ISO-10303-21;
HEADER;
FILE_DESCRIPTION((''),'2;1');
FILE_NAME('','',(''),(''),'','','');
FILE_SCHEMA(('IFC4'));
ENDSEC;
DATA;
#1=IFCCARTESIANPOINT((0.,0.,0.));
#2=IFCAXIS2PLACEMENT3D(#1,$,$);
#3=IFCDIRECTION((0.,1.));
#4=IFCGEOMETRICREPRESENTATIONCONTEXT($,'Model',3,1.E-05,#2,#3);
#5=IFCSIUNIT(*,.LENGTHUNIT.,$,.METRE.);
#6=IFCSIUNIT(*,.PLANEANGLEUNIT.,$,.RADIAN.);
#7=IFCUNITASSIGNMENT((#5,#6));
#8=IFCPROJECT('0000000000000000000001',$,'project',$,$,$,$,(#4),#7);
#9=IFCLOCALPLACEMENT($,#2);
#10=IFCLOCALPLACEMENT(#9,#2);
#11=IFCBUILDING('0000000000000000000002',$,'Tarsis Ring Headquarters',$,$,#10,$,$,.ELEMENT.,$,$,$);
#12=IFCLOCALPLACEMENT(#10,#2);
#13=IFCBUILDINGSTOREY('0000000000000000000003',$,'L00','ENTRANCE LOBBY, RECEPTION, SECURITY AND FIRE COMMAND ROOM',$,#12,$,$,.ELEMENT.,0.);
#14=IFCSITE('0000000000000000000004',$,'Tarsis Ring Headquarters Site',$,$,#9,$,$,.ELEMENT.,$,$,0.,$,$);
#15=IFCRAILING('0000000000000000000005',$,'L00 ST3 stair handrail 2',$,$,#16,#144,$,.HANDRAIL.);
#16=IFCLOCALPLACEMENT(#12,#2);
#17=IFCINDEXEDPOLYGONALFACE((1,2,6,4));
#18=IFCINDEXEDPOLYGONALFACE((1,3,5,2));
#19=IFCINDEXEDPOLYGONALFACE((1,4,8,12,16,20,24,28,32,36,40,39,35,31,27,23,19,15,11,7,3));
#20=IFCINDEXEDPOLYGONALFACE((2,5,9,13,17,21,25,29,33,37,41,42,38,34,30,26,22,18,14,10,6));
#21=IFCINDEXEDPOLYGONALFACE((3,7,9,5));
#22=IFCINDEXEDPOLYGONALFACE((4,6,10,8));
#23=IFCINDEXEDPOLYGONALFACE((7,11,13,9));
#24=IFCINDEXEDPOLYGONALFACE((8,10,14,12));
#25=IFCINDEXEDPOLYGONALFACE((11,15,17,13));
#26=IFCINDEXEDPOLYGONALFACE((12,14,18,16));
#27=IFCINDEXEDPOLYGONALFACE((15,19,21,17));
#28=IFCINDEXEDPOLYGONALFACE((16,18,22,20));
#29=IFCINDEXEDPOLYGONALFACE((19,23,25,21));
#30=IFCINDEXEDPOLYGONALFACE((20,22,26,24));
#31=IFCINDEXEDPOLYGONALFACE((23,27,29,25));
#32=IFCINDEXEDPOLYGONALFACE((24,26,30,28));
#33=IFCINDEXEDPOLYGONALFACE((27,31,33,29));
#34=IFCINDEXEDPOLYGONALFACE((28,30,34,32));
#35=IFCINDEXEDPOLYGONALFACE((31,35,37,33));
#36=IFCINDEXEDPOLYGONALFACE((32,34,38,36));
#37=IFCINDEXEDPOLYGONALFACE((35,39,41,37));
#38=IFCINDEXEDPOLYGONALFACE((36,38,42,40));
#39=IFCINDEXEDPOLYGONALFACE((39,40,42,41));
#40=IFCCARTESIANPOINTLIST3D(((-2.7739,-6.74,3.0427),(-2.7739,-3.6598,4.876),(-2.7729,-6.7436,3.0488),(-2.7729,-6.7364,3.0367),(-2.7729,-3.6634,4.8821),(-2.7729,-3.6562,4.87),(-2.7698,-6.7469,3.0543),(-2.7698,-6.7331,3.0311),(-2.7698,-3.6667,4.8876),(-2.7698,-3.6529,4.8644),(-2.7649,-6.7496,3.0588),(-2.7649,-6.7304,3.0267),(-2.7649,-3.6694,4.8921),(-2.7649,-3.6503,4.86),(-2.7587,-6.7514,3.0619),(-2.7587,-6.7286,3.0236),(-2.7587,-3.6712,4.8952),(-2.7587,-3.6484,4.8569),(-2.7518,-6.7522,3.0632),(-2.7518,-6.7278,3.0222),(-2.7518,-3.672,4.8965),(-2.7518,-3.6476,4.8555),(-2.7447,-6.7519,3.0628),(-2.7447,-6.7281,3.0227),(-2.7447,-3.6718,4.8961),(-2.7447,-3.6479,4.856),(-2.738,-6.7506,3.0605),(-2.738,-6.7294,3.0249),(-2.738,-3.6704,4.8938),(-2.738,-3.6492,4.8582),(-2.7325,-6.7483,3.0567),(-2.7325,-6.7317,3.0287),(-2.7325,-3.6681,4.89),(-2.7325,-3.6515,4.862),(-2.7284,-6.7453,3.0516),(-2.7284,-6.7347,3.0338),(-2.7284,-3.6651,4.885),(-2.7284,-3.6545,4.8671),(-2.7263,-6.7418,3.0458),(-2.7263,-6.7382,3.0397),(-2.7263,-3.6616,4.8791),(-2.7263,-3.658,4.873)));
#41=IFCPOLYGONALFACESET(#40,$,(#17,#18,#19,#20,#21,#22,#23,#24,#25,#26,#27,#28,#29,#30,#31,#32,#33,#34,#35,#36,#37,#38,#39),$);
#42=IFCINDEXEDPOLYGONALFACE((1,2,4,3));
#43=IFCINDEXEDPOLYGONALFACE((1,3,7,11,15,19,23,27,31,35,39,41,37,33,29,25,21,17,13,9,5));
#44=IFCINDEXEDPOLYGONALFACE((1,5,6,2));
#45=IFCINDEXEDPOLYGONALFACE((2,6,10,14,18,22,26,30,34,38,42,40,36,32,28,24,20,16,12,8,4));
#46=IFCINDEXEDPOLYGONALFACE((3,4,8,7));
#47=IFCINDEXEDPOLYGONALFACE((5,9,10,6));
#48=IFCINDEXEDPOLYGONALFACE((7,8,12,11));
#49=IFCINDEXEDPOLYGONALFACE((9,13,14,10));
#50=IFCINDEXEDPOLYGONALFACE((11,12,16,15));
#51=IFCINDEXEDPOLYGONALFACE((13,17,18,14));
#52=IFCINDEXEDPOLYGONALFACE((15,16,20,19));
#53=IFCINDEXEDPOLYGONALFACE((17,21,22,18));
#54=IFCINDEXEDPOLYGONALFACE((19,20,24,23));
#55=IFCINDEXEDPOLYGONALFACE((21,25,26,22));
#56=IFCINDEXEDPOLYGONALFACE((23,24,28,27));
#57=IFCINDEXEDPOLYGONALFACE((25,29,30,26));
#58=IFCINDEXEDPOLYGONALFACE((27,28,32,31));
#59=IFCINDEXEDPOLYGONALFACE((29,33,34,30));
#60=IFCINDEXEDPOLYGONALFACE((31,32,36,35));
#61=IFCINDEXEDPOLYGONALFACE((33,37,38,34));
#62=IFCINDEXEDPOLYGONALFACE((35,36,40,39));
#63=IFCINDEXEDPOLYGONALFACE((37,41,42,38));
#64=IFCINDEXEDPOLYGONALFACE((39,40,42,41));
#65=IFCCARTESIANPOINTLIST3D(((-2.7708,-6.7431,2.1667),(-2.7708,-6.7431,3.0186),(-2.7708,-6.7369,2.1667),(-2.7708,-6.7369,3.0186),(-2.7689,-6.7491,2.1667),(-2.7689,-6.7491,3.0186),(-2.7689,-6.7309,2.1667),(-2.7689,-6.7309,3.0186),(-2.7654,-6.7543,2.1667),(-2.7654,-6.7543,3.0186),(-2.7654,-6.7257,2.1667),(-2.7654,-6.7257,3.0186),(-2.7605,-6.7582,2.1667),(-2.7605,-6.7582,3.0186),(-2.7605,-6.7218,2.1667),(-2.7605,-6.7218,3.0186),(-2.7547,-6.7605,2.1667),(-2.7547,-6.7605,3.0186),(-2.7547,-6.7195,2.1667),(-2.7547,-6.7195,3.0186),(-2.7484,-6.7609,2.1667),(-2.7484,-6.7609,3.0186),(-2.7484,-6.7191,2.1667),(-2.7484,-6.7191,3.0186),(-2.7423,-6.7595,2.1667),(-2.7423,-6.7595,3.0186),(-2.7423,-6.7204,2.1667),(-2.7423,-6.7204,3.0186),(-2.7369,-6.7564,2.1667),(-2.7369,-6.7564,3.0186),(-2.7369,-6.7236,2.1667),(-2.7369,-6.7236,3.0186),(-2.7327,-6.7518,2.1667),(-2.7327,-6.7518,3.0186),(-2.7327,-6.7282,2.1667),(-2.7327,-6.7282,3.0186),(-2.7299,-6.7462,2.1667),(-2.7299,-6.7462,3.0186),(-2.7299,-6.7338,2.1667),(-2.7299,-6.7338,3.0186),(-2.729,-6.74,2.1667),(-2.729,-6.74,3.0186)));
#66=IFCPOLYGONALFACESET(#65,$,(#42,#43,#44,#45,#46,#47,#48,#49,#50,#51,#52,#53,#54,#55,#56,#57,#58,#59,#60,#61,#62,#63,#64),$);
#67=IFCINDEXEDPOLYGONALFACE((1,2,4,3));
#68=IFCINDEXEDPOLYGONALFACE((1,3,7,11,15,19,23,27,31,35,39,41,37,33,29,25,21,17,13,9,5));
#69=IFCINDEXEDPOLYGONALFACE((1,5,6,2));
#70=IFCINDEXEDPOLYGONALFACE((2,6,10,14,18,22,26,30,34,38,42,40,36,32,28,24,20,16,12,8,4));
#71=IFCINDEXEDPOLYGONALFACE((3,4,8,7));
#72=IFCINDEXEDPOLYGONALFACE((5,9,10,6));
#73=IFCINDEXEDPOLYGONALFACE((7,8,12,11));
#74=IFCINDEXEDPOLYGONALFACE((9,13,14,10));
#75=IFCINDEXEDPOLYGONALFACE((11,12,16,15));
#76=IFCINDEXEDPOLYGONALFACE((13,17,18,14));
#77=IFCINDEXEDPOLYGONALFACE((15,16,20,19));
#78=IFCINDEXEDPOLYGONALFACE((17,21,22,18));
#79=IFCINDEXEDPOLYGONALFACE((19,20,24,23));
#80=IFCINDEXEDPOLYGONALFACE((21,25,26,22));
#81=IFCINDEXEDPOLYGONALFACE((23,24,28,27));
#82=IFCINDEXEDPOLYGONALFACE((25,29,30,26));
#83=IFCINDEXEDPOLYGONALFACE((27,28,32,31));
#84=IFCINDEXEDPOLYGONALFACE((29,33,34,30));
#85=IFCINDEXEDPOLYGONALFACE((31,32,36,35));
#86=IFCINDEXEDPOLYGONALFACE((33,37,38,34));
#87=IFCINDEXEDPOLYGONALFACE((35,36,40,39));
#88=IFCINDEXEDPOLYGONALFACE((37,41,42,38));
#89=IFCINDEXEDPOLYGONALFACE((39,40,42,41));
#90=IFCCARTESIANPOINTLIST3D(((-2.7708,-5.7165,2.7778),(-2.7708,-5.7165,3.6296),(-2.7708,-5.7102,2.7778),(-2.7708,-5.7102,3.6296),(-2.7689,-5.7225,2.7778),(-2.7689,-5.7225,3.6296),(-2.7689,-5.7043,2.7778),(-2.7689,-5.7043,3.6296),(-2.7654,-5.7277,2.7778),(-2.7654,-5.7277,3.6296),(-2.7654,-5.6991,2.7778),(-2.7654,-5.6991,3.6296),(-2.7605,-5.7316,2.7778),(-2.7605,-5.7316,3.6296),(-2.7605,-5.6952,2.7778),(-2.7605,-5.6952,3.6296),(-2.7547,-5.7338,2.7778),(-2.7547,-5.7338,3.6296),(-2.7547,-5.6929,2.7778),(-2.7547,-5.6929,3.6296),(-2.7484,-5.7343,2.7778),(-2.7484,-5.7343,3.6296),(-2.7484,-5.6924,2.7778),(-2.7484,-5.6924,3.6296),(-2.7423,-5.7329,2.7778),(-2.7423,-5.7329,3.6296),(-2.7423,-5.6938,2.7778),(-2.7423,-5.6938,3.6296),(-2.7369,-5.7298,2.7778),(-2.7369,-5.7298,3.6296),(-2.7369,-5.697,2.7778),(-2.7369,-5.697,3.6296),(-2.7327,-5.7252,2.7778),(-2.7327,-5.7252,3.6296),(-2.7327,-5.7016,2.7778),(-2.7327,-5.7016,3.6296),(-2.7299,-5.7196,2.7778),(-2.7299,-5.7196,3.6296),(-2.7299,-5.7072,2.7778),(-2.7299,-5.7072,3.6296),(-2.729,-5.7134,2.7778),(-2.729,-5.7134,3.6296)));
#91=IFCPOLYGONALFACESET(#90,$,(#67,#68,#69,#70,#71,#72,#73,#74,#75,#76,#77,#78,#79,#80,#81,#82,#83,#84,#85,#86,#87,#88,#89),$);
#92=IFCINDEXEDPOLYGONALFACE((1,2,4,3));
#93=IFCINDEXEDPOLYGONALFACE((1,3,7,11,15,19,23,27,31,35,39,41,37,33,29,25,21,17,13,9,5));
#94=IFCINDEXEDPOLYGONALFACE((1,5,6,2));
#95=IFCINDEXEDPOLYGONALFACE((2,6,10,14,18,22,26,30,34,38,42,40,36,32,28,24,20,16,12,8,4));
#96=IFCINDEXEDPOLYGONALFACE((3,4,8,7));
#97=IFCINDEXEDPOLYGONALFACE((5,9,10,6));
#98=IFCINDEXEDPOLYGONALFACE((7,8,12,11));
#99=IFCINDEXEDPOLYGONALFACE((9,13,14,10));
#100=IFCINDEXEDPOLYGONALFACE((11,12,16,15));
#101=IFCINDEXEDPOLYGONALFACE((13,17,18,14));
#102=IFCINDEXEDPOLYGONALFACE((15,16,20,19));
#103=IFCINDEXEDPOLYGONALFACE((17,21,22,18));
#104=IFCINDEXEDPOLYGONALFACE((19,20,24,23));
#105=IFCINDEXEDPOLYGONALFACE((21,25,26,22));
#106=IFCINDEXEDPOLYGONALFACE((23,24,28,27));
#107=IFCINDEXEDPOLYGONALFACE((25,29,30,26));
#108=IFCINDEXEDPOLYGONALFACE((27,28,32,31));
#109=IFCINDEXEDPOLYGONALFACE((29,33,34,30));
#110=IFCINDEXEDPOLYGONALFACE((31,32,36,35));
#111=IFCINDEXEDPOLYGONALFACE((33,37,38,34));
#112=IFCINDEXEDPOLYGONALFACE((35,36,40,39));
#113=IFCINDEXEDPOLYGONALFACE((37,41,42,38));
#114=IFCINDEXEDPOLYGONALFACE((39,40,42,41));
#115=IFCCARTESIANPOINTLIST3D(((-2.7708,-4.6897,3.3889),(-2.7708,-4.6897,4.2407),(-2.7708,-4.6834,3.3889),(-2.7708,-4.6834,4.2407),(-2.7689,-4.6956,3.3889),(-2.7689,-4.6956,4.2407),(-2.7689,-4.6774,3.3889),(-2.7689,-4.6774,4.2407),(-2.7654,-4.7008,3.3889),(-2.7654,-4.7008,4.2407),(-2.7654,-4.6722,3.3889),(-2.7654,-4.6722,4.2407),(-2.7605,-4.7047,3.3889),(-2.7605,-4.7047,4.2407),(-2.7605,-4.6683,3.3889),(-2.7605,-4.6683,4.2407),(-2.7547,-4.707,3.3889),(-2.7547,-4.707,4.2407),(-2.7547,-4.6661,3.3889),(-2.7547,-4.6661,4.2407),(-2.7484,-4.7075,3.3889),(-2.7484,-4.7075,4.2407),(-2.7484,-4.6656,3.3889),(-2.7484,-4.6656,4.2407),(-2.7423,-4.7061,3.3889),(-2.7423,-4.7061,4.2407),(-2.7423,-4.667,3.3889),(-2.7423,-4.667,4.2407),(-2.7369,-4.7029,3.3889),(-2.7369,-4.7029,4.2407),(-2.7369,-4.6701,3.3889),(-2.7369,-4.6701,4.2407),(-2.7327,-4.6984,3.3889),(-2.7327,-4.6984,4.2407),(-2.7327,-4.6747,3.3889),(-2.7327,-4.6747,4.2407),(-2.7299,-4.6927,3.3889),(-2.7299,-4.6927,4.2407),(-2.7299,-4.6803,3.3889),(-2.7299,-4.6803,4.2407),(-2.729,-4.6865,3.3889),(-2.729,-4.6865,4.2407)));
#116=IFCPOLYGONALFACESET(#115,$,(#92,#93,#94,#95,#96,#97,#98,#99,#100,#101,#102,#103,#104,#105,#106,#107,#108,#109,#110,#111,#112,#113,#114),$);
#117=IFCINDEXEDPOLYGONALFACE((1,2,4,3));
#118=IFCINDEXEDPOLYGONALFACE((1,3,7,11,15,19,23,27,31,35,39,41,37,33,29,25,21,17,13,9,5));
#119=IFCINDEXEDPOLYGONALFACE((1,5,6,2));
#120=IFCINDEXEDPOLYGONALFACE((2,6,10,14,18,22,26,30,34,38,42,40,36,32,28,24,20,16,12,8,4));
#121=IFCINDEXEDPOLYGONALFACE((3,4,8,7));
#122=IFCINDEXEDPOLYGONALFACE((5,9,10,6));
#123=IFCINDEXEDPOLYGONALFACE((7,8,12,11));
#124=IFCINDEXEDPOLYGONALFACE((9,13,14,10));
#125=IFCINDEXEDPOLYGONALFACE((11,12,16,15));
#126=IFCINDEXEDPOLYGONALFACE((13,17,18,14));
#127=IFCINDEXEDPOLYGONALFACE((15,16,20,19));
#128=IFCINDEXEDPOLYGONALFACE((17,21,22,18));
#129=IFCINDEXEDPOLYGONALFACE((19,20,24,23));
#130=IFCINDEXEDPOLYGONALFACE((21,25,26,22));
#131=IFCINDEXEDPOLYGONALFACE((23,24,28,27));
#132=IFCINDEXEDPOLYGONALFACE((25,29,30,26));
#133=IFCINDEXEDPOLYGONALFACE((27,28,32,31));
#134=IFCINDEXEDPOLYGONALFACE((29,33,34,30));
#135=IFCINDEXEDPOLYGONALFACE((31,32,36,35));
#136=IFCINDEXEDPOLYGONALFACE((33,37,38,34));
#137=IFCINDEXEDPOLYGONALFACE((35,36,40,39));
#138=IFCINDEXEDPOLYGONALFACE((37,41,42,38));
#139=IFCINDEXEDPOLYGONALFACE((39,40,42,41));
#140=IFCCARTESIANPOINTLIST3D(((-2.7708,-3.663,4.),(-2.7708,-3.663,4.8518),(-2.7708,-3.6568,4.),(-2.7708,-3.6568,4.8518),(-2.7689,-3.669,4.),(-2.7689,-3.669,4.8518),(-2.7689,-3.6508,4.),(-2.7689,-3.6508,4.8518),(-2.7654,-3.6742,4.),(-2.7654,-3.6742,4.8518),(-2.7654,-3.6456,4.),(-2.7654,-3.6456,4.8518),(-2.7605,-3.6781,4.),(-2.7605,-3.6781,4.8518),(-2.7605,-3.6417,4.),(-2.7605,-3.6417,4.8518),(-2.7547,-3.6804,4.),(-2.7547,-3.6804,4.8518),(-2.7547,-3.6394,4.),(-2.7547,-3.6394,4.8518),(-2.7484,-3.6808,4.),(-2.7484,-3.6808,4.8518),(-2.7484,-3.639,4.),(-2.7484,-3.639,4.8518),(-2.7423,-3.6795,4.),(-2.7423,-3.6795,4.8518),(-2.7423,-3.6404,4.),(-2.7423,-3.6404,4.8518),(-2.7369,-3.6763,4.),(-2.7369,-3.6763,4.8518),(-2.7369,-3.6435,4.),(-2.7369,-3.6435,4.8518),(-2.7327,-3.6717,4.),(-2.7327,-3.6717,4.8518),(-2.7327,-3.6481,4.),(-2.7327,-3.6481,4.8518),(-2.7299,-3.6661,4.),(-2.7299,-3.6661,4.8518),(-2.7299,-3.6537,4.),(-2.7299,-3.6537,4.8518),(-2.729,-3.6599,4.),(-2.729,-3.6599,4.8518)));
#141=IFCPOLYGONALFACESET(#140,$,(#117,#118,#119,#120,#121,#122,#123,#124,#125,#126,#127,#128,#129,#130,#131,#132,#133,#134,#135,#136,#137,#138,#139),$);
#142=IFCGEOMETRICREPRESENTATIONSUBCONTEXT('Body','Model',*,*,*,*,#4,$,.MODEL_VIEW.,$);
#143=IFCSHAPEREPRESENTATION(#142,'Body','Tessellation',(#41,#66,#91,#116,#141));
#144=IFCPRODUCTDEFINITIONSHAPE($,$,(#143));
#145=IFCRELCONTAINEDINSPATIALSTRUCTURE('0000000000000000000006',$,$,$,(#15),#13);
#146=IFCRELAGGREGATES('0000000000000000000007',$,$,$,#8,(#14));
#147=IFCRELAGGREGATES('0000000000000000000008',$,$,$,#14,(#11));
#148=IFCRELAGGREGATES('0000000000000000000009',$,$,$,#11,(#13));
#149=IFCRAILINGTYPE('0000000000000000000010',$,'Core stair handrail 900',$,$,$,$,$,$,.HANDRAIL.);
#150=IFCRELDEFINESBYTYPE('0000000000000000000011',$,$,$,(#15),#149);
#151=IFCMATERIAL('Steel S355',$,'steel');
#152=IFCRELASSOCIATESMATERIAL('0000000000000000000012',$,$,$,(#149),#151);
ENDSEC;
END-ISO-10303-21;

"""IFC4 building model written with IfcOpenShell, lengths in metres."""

from ifc_helpers import new_model, si_unit, direction, frame, origin, origin_2d, place, context, subcontext, project, spatial, circle, extrude, material, type_object, element, save


model = new_model("IFC4")

# Units and contexts
model_context = context("Model", 3, precision=1e-05, world=origin(), true_north=direction((0.0, 1.0)))
body_context = subcontext(model_context, "Body", "Model", "MODEL_VIEW")
ifc_project = project(units=[si_unit("LENGTHUNIT", "METRE"), si_unit("PLANEANGLEUNIT", "RADIAN")], contexts=[model_context])

# Site, building, storey
site_placement = place(None, origin())
site = spatial("IfcSite", under=ifc_project, at=site_placement, Name="Tarsis Ring Headquarters Site", CompositionType="ELEMENT", RefElevation=0.0)
building_placement = place(site_placement, origin())
building = spatial("IfcBuilding", under=site, at=building_placement, Name="Tarsis Ring Headquarters", CompositionType="ELEMENT")
storey_placement = place(building_placement, origin())
storey = spatial("IfcBuildingStorey", under=building, at=storey_placement, Name="L00", Description="ENTRANCE LOBBY, RECEPTION, SECURITY AND FIRE COMMAND ROOM", CompositionType="ELEMENT", Elevation=0.0)

# Railing
ifc_material = material(Name="Steel S355", Category="steel")
railing_type_1 = type_object("IfcRailingType", Name="Core stair handrail 900", PredefinedType="HANDRAIL", material=ifc_material)
railing_1_placement = place(storey_placement, frame((-2.75, -6.74, 2.1667)))
element("IfcRailing", 1, at=railing_1_placement, inside=storey, type_object=railing_type_1, Name="L00 ST3 stair handrail 2", PredefinedType="HANDRAIL", context=body_context, shape_type="SweptSolid", body=[
    extrude(circle(Radius=0.0239, at=origin_2d()), frame((0.0, 0.0, 0.876), z_axis=(0.0, 0.859309, 0.511458), x_axis=(-1.0, 0.0, 0.0)), (0.0, 0.0, 1.0), 3.5845),
    extrude(circle(Radius=0.021, at=origin_2d()), origin(), (0.0, 0.0, 1.0), 0.8518),
    extrude(circle(Radius=0.021, at=origin_2d()), frame((0.0, 1.0266, 0.6111)), (0.0, 0.0, 1.0), 0.8518),
    extrude(circle(Radius=0.021, at=origin_2d()), frame((0.0, 2.0535, 1.2222)), (0.0, 0.0, 1.0), 0.8518),
    extrude(circle(Radius=0.021, at=origin_2d()), frame((0.0, 3.0801, 1.8333)), (0.0, 0.0, 1.0), 0.8518),
])

save(model, "model.ifc")
